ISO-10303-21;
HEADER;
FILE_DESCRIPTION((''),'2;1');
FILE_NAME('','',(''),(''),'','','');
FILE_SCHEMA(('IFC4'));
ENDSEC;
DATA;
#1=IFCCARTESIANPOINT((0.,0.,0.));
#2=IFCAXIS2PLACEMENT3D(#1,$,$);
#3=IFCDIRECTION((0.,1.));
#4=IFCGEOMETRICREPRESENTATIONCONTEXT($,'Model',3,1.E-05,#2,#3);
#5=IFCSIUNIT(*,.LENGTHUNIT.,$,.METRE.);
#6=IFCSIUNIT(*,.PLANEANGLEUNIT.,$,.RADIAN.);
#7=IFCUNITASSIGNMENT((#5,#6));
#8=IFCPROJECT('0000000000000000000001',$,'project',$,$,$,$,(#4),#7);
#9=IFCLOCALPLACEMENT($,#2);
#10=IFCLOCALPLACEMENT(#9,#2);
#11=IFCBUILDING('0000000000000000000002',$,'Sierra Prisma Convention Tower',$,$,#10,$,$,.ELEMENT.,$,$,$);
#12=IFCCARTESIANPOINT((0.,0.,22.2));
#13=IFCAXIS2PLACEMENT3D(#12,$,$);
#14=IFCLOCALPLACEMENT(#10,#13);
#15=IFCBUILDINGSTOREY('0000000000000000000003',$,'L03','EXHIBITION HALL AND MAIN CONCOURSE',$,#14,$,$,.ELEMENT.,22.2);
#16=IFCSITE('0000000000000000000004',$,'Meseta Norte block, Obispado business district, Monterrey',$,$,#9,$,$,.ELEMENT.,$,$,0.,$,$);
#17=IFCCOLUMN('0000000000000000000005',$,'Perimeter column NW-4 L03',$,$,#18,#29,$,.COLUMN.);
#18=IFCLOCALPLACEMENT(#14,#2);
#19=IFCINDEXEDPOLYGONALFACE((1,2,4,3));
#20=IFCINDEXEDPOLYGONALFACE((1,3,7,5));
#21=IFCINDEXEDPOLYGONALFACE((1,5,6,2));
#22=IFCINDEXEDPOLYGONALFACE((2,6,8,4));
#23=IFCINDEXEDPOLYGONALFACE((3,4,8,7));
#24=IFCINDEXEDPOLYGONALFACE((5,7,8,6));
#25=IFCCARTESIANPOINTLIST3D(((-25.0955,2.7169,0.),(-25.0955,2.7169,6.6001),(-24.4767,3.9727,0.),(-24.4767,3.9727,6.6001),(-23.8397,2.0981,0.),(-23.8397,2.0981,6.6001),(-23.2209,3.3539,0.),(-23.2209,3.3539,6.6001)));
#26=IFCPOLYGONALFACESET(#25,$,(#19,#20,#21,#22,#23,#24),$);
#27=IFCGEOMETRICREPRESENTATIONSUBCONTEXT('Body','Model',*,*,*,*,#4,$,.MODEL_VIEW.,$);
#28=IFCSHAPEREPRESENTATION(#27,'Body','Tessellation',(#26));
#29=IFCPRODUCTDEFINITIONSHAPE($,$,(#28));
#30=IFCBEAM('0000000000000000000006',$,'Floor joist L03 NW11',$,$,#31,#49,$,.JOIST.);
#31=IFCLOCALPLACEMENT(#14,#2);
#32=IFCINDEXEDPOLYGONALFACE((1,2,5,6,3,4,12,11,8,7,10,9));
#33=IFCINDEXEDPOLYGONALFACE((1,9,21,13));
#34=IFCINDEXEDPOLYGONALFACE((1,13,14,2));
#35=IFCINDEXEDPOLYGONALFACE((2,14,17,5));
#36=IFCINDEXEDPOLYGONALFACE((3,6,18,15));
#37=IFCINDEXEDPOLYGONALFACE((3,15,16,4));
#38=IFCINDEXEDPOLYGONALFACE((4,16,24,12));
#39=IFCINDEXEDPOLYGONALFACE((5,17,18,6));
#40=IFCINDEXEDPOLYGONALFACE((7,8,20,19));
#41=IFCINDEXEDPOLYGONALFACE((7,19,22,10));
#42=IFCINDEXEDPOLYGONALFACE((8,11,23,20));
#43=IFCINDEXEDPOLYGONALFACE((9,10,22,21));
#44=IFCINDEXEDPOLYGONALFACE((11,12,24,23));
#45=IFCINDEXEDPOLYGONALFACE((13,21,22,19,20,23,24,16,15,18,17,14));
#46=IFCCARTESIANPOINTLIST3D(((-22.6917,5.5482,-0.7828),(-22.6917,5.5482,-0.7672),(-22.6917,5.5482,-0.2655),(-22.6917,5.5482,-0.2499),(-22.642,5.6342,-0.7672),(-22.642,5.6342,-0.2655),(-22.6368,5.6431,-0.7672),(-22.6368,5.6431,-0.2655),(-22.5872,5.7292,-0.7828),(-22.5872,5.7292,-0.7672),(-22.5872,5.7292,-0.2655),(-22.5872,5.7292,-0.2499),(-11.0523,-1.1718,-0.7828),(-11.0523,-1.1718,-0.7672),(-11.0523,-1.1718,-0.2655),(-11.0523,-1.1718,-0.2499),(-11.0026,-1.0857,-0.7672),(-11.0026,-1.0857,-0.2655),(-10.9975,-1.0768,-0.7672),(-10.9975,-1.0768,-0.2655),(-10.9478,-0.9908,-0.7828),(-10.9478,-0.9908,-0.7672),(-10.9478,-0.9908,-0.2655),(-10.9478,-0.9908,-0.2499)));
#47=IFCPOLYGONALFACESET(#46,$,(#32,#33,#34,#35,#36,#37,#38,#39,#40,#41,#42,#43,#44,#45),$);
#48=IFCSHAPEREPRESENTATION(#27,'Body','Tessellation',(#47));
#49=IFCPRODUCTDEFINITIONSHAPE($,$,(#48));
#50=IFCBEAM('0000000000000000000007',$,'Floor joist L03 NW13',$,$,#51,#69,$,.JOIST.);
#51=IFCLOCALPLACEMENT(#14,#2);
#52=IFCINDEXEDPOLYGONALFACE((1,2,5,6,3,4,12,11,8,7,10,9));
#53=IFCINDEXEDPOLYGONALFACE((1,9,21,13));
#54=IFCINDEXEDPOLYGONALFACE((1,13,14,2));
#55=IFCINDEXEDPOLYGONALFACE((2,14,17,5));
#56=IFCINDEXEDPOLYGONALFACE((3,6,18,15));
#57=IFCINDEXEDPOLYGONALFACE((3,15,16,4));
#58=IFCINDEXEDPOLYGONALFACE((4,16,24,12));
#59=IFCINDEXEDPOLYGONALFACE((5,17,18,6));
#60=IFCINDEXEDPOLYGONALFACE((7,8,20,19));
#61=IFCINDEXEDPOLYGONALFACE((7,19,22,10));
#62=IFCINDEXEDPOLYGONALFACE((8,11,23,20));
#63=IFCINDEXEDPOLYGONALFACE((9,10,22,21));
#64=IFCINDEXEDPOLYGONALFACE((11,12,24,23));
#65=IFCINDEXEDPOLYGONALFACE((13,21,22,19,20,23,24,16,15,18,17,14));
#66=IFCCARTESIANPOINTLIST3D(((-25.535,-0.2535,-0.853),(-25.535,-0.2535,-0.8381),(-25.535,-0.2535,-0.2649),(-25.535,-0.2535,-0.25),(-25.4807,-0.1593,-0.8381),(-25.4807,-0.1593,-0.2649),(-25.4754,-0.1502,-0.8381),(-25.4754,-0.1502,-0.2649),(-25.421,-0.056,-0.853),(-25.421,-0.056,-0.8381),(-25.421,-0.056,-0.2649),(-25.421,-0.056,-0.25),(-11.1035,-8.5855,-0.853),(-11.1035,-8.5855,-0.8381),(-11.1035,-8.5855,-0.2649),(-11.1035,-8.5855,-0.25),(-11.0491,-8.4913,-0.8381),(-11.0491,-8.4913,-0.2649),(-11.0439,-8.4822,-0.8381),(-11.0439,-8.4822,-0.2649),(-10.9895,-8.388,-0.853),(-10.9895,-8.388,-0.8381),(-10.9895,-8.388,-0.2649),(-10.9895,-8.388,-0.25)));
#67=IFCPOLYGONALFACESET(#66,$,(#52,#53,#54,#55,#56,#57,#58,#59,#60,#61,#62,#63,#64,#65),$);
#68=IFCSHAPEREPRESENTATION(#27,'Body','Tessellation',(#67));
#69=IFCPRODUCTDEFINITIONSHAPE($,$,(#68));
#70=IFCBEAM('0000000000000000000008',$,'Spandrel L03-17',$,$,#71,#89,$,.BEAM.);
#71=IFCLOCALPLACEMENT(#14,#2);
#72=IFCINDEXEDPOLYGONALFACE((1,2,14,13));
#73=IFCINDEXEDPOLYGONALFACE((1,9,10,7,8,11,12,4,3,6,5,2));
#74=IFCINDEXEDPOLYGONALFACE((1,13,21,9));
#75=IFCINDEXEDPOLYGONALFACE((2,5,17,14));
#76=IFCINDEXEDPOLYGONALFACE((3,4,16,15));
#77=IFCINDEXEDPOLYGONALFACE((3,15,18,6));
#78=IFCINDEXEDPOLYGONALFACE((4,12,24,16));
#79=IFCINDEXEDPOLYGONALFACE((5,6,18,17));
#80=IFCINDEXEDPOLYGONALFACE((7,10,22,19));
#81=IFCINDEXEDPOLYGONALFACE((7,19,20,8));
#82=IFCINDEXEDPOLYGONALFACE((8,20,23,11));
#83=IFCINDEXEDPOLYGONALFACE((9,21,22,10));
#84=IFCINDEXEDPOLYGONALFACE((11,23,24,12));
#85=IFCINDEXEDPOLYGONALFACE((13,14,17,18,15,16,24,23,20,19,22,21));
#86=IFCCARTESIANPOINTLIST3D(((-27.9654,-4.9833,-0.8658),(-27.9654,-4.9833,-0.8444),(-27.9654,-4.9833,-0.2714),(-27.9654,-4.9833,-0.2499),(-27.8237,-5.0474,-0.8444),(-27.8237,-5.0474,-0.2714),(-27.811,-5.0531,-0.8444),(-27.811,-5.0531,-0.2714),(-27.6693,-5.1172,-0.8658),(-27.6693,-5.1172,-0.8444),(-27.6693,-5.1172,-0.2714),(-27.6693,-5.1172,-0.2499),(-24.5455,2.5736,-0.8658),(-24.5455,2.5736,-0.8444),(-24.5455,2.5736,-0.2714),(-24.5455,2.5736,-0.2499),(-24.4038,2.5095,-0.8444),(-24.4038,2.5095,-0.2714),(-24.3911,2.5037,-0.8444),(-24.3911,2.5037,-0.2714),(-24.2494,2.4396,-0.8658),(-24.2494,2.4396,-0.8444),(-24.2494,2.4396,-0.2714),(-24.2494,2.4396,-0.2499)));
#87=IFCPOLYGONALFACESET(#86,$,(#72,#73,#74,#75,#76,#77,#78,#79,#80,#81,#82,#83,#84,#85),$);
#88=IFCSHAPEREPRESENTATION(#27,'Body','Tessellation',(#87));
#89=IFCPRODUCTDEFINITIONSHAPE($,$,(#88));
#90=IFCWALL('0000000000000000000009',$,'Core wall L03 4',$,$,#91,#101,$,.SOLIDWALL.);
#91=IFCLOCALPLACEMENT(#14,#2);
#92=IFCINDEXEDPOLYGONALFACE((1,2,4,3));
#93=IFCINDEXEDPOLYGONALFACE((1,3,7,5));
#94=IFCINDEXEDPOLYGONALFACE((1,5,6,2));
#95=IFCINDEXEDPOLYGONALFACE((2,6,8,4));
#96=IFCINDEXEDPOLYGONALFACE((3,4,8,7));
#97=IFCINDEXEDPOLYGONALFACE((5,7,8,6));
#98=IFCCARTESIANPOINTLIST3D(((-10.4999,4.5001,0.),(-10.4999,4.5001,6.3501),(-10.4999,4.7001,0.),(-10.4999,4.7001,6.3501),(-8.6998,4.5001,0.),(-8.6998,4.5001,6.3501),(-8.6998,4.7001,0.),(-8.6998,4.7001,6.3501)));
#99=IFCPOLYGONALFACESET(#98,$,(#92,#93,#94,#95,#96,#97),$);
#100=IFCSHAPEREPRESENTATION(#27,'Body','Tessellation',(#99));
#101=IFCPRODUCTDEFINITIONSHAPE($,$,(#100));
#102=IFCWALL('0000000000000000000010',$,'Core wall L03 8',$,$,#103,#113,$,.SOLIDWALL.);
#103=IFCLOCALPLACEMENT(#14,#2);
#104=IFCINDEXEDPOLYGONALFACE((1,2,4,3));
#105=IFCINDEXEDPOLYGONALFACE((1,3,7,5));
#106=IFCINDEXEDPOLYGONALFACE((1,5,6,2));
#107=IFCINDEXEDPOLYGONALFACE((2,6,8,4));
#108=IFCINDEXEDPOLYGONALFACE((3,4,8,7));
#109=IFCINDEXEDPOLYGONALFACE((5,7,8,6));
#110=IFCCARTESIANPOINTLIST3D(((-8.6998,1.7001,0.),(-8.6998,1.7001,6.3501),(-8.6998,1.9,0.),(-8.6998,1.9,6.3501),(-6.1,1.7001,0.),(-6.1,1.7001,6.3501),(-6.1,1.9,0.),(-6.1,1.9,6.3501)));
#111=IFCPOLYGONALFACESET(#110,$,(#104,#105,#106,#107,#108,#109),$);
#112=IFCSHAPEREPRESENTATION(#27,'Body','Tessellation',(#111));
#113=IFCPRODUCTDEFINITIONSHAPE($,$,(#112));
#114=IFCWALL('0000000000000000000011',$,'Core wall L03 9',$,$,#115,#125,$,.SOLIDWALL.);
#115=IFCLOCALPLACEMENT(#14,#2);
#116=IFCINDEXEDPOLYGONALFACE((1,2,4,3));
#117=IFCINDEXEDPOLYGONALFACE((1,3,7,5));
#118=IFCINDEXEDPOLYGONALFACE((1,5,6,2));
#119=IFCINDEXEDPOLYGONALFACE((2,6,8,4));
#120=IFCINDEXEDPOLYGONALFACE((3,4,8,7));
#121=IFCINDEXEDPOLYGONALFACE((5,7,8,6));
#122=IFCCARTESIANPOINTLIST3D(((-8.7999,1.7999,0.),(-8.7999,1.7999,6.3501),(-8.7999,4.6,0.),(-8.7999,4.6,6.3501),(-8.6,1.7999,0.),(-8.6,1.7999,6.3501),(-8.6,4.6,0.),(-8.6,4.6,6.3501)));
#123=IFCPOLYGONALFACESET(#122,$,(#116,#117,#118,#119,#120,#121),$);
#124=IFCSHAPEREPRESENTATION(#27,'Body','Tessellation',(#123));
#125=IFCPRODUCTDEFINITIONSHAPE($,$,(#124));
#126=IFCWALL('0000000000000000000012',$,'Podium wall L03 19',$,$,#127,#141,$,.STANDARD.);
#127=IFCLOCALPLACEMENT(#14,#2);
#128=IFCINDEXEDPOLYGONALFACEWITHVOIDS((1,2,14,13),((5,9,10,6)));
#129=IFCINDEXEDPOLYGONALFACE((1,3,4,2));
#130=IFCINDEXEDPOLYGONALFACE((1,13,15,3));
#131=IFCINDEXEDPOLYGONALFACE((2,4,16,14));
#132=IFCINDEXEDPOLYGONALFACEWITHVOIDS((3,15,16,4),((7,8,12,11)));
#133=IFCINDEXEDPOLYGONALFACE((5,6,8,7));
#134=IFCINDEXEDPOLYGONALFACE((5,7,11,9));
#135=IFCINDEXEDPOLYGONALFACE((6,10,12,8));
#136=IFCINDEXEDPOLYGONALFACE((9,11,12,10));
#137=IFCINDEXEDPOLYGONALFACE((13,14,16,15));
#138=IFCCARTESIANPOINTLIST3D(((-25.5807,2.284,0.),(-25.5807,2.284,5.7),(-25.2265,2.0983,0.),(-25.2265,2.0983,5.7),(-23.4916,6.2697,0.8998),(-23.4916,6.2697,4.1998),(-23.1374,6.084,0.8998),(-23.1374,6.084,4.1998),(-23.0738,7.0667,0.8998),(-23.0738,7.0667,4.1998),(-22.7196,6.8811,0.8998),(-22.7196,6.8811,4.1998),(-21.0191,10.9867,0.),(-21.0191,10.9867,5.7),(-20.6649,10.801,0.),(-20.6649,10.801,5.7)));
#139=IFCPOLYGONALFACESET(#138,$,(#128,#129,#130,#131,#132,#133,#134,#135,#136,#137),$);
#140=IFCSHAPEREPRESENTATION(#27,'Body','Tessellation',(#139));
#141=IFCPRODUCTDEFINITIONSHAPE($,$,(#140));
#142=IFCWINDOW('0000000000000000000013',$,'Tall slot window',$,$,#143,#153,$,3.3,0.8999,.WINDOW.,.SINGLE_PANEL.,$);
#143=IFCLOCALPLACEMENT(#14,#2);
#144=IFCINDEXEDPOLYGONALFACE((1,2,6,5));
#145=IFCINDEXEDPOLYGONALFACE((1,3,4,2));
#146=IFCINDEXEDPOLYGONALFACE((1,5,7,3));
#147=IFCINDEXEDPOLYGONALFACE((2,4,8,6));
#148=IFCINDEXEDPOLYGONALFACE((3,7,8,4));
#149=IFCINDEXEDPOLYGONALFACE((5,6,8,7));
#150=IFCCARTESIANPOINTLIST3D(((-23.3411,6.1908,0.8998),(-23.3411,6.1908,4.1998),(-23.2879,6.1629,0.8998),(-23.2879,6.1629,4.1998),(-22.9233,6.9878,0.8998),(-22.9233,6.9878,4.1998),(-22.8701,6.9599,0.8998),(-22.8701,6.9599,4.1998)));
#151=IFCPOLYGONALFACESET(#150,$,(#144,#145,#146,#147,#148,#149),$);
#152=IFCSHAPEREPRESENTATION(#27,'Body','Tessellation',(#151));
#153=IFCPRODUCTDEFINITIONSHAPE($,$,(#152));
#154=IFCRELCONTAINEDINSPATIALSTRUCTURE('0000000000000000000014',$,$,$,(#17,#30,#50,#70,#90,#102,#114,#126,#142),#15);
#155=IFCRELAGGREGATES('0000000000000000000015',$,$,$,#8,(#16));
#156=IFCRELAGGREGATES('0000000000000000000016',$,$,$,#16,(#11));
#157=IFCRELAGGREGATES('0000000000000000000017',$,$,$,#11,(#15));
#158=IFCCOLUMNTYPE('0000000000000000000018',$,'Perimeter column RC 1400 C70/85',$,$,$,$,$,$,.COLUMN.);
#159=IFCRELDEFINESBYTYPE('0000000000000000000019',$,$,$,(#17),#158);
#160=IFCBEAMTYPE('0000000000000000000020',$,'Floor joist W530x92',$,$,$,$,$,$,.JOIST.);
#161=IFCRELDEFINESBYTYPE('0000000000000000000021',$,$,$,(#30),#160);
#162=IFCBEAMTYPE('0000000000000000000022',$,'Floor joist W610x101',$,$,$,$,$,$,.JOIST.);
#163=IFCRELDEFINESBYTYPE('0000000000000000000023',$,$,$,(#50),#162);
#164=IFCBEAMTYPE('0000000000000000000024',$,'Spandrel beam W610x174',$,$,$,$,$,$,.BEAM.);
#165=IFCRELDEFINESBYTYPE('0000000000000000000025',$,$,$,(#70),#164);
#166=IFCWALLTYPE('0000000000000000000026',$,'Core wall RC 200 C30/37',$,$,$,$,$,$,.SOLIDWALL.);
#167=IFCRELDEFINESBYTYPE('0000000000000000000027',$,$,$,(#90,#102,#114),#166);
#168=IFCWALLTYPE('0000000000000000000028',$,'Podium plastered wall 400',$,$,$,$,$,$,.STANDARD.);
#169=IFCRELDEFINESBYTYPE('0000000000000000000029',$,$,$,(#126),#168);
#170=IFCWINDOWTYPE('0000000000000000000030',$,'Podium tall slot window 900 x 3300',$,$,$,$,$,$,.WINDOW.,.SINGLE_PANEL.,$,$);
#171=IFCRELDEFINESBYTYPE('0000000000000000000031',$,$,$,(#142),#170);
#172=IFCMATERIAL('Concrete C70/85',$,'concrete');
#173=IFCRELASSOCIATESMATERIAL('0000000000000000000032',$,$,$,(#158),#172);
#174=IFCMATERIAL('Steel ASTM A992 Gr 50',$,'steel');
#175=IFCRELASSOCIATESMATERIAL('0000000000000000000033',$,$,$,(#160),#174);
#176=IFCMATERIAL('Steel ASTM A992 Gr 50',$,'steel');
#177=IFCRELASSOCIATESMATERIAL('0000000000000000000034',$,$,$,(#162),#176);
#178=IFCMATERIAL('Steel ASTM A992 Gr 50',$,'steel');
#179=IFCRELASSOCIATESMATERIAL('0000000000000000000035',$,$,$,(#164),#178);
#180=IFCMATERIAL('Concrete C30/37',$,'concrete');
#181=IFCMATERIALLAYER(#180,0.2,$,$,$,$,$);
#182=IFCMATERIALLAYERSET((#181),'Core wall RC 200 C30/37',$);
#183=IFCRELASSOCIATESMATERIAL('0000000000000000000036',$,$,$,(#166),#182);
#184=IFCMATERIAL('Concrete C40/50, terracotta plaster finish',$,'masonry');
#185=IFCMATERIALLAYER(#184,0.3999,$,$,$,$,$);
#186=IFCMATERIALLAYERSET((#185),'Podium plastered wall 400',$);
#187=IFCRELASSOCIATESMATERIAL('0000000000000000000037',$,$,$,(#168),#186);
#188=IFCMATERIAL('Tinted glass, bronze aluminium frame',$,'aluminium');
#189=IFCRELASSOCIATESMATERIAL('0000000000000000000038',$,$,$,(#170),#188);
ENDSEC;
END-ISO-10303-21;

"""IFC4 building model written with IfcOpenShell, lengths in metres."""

from ifc_helpers import new_model, si_unit, direction, frame, frame_2d, origin, origin_2d, place, context, subcontext, project, spatial, rectangle, i_section, extrude, material, layer, layer_set, material_profile, profile_set, type_object, element, fill, save


model = new_model("IFC4")

# Units and contexts
model_context = context("Model", 3, precision=1e-05, world=origin(), true_north=direction((0.0, 1.0)))
body_context = subcontext(model_context, "Body", "Model", "MODEL_VIEW")
ifc_project = project(units=[si_unit("LENGTHUNIT", "METRE"), si_unit("PLANEANGLEUNIT", "RADIAN")], contexts=[model_context])

# Site, building, storey
site_placement = place(None, origin())
site = spatial("IfcSite", under=ifc_project, at=site_placement, Name="Meseta Norte block, Obispado business district, Monterrey", CompositionType="ELEMENT", RefElevation=0.0)
building_placement = place(site_placement, origin())
building = spatial("IfcBuilding", under=site, at=building_placement, Name="Sierra Prisma Convention Tower", CompositionType="ELEMENT")
storey_placement = place(building_placement, frame((0.0, 0.0, 22.2)))
storey = spatial("IfcBuildingStorey", under=building, at=storey_placement, Name="L03", Description="EXHIBITION HALL AND MAIN CONCOURSE", CompositionType="ELEMENT", Elevation=22.2)

# Column
ifc_material_1 = material(Name="Concrete C70/85", Category="concrete")
ifc_material_profile_1 = material_profile(ifc_material_1, rectangle(XDim=1.3999, YDim=1.3999, at=origin_2d()), Name="Perimeter column RC 1400 C70/85")
ifc_profile_set_1 = profile_set([ifc_material_profile_1], Name="Concrete C70/85")
column_type = type_object("IfcColumnType", Name="Perimeter column RC 1400 C70/85", PredefinedType="COLUMN", material=ifc_profile_set_1)
column_placement = place(storey_placement, frame((-24.1582, 3.0354, 0.0), z_axis=(0.0, 0.0, 1.0), x_axis=(0.442023, 0.897004, 0.0)))
element("IfcColumn", 1, at=column_placement, inside=storey, type_object=column_type, Name="Perimeter column NW-4 L03", PredefinedType="COLUMN", context=body_context, shape_type="SweptSolid", body=[
    extrude(rectangle(XDim=1.3999, YDim=1.3999, at=origin_2d()), origin(), (0.0, 0.0, 1.0), 6.6001),
])

# Beams
ifc_material_2 = material(Name="Steel ASTM A992 Gr 50", Category="steel")
ifc_material_profile_2 = material_profile(ifc_material_2, i_section(OverallWidth=0.209, OverallDepth=0.533, WebThickness=0.0103, FlangeThickness=0.0156, at=origin_2d()), Name="W530x92")
ifc_profile_set_2 = profile_set([ifc_material_profile_2], Name="Steel ASTM A992 Gr 50")
beam_type_1 = type_object("IfcBeamType", Name="Floor joist W530x92", PredefinedType="JOIST", material=ifc_profile_set_2)
beam_1_placement = place(storey_placement, frame((-22.6394, 5.6387, -0.5164), z_axis=(0.866027, -0.499998, 0.0), x_axis=(0.499998, 0.866027, 0.0)))
element("IfcBeam", 2, at=beam_1_placement, inside=storey, type_object=beam_type_1, Name="Floor joist L03 NW11", PredefinedType="JOIST", context=body_context, shape_type="SweptSolid", body=[
    extrude(i_section(OverallWidth=0.209, OverallDepth=0.533, WebThickness=0.0103, FlangeThickness=0.0156, at=origin_2d()), origin(), (0.0, 0.0, 1.0), 13.4399),
])
ifc_material_3 = material(Name="Steel ASTM A992 Gr 50", Category="steel")
ifc_material_profile_3 = material_profile(ifc_material_3, i_section(OverallWidth=0.228, OverallDepth=0.603, WebThickness=0.0105, FlangeThickness=0.0149, at=origin_2d()), Name="W610x101")
ifc_profile_set_3 = profile_set([ifc_material_profile_3], Name="Steel ASTM A992 Gr 50")
beam_type_2 = type_object("IfcBeamType", Name="Floor joist W610x101", PredefinedType="JOIST", material=ifc_profile_set_3)
beam_2_placement = place(storey_placement, frame((-25.478, -0.1548, -0.5515), z_axis=(0.866027, -0.499996, 0.0), x_axis=(0.499996, 0.866027, 0.0)))
element("IfcBeam", 3, at=beam_2_placement, inside=storey, type_object=beam_type_2, Name="Floor joist L03 NW13", PredefinedType="JOIST", context=body_context, shape_type="SweptSolid", body=[
    extrude(i_section(OverallWidth=0.228, OverallDepth=0.603, WebThickness=0.0105, FlangeThickness=0.0149, at=origin_2d()), origin(), (0.0, 0.0, 1.0), 16.6641),
])
ifc_material_4 = material(Name="Steel ASTM A992 Gr 50", Category="steel")
ifc_material_profile_4 = material_profile(ifc_material_4, i_section(OverallWidth=0.325, OverallDepth=0.616, WebThickness=0.0139, FlangeThickness=0.0215, at=origin_2d()), Name="W610x174")
ifc_profile_set_4 = profile_set([ifc_material_profile_4], Name="Steel ASTM A992 Gr 50")
beam_type_3 = type_object("IfcBeamType", Name="Spandrel beam W610x174", PredefinedType="BEAM", material=ifc_profile_set_4)
beam_3_placement = place(storey_placement, frame((-24.3975, 2.5066, -0.5579), z_axis=(-0.412301, -0.911048, 0.0), x_axis=(0.911048, -0.412301, 0.0)))
element("IfcBeam", 4, at=beam_3_placement, inside=storey, type_object=beam_type_3, Name="Spandrel L03-17", PredefinedType="BEAM", context=body_context, shape_type="SweptSolid", body=[
    extrude(i_section(OverallWidth=0.325, OverallDepth=0.616, WebThickness=0.0139, FlangeThickness=0.0215, at=origin_2d()), origin(), (0.0, 0.0, 1.0), 8.2947),
])

# Shared definitions
ifc_material_5 = material(Name="Concrete C30/37", Category="concrete")
ifc_layer_1 = layer(ifc_material_5, 0.2)
ifc_layer_set_1 = layer_set([ifc_layer_1], Name="Core wall RC 200 C30/37")
wall_type_1 = type_object("IfcWallType", Name="Core wall RC 200 C30/37", PredefinedType="SOLIDWALL", material=ifc_layer_set_1)

# Wall
wall_1_placement = place(storey_placement, frame((-8.7, 4.6001, 0.0), z_axis=(0.0, 0.0, 1.0), x_axis=(-1.0, 0.0, 0.0)))
element("IfcWall", 5, at=wall_1_placement, inside=storey, type_object=wall_type_1, Name="Core wall L03 4", PredefinedType="SOLIDWALL", context=body_context, shape_type="SweptSolid", body=[
    extrude(rectangle(XDim=1.8, YDim=0.2, at=frame_2d((0.8999, 0.0))), origin(), (0.0, 0.0, 1.0), 6.3501),
])

# Walls
wall_2_placement = place(storey_placement, frame((-6.1001, 1.8, 0.0), z_axis=(0.0, 0.0, 1.0), x_axis=(-1.0, 0.0, 0.0)))
element("IfcWall", 6, at=wall_2_placement, inside=storey, type_object=wall_type_1, Name="Core wall L03 8", PredefinedType="SOLIDWALL", context=body_context, shape_type="SweptSolid", body=[
    extrude(rectangle(XDim=2.5999, YDim=0.2, at=frame_2d((1.2998, 0.0))), origin(), (0.0, 0.0, 1.0), 6.3501),
])
wall_3_placement = place(storey_placement, frame((-8.7, 1.8, 0.0), z_axis=(0.0, 0.0, 1.0), x_axis=(0.0, 1.0, 0.0)))
element("IfcWall", 7, at=wall_3_placement, inside=storey, type_object=wall_type_1, Name="Core wall L03 9", PredefinedType="SOLIDWALL", context=body_context, shape_type="SweptSolid", body=[
    extrude(rectangle(XDim=2.8, YDim=0.2, at=frame_2d((1.3999, 0.0))), origin(), (0.0, 0.0, 1.0), 6.3501),
])

# Wall, opening, window
ifc_material_6 = material(Name="Concrete C40/50, terracotta plaster finish", Category="masonry")
ifc_layer_2 = layer(ifc_material_6, 0.3999)
ifc_layer_set_2 = layer_set([ifc_layer_2], Name="Podium plastered wall 400")
wall_type_2 = type_object("IfcWallType", Name="Podium plastered wall 400", PredefinedType="STANDARD", material=ifc_layer_set_2)
wall_4_placement = place(storey_placement, frame((-25.4036, 2.1912, 0.0), z_axis=(0.0, 0.0, 1.0), x_axis=(0.464247, 0.885706, 0.0)))
wall_4 = element("IfcWall", 8, at=wall_4_placement, inside=storey, type_object=wall_type_2, Name="Podium wall L03 19", PredefinedType="STANDARD", context=body_context, shape_type="SweptSolid", body=[
    extrude(rectangle(XDim=9.8257, YDim=0.3999, at=frame_2d((4.9128, 0.0))), origin(), (0.0, 0.0, 1.0), 5.7),
])
opening_1_placement = place(wall_4_placement, frame((4.5, 0.0, 0.8999)))
opening_1 = element("IfcOpeningElement", 9, at=opening_1_placement, cuts=wall_4, PredefinedType="OPENING", context=body_context, shape_type="SweptSolid", body=[
    extrude(rectangle(XDim=0.8999, YDim=3.3, at=frame_2d((0.45, 1.6499))), frame((0.0, 0.2, 0.0), z_axis=(0.0, -1.0, 0.0), x_axis=(1.0, 0.0, 0.0)), (0.0, 0.0, 1.0), 0.3999),
])
ifc_material_7 = material(Name="Tinted glass, bronze aluminium frame", Category="aluminium")
window_type = type_object("IfcWindowType", Name="Podium tall slot window 900 x 3300", PartitioningType="SINGLE_PANEL", PredefinedType="WINDOW", material=ifc_material_7)
window_placement = place(opening_1_placement, origin())
window = element("IfcWindow", 10, at=window_placement, inside=storey, type_object=window_type, Name="Tall slot window", OverallHeight=3.3, OverallWidth=0.8999, PartitioningType="SINGLE_PANEL", PredefinedType="WINDOW", context=body_context, shape_type="SweptSolid", body=[
    extrude(rectangle(XDim=0.8999, YDim=3.3, at=frame_2d((0.45, 1.6499))), frame((0.0, 0.03, 0.0), z_axis=(0.0, -1.0, 0.0), x_axis=(1.0, 0.0, 0.0)), (0.0, 0.0, 1.0), 0.0601),
])
fill(opening_1, window)

save(model, "model.ifc")
